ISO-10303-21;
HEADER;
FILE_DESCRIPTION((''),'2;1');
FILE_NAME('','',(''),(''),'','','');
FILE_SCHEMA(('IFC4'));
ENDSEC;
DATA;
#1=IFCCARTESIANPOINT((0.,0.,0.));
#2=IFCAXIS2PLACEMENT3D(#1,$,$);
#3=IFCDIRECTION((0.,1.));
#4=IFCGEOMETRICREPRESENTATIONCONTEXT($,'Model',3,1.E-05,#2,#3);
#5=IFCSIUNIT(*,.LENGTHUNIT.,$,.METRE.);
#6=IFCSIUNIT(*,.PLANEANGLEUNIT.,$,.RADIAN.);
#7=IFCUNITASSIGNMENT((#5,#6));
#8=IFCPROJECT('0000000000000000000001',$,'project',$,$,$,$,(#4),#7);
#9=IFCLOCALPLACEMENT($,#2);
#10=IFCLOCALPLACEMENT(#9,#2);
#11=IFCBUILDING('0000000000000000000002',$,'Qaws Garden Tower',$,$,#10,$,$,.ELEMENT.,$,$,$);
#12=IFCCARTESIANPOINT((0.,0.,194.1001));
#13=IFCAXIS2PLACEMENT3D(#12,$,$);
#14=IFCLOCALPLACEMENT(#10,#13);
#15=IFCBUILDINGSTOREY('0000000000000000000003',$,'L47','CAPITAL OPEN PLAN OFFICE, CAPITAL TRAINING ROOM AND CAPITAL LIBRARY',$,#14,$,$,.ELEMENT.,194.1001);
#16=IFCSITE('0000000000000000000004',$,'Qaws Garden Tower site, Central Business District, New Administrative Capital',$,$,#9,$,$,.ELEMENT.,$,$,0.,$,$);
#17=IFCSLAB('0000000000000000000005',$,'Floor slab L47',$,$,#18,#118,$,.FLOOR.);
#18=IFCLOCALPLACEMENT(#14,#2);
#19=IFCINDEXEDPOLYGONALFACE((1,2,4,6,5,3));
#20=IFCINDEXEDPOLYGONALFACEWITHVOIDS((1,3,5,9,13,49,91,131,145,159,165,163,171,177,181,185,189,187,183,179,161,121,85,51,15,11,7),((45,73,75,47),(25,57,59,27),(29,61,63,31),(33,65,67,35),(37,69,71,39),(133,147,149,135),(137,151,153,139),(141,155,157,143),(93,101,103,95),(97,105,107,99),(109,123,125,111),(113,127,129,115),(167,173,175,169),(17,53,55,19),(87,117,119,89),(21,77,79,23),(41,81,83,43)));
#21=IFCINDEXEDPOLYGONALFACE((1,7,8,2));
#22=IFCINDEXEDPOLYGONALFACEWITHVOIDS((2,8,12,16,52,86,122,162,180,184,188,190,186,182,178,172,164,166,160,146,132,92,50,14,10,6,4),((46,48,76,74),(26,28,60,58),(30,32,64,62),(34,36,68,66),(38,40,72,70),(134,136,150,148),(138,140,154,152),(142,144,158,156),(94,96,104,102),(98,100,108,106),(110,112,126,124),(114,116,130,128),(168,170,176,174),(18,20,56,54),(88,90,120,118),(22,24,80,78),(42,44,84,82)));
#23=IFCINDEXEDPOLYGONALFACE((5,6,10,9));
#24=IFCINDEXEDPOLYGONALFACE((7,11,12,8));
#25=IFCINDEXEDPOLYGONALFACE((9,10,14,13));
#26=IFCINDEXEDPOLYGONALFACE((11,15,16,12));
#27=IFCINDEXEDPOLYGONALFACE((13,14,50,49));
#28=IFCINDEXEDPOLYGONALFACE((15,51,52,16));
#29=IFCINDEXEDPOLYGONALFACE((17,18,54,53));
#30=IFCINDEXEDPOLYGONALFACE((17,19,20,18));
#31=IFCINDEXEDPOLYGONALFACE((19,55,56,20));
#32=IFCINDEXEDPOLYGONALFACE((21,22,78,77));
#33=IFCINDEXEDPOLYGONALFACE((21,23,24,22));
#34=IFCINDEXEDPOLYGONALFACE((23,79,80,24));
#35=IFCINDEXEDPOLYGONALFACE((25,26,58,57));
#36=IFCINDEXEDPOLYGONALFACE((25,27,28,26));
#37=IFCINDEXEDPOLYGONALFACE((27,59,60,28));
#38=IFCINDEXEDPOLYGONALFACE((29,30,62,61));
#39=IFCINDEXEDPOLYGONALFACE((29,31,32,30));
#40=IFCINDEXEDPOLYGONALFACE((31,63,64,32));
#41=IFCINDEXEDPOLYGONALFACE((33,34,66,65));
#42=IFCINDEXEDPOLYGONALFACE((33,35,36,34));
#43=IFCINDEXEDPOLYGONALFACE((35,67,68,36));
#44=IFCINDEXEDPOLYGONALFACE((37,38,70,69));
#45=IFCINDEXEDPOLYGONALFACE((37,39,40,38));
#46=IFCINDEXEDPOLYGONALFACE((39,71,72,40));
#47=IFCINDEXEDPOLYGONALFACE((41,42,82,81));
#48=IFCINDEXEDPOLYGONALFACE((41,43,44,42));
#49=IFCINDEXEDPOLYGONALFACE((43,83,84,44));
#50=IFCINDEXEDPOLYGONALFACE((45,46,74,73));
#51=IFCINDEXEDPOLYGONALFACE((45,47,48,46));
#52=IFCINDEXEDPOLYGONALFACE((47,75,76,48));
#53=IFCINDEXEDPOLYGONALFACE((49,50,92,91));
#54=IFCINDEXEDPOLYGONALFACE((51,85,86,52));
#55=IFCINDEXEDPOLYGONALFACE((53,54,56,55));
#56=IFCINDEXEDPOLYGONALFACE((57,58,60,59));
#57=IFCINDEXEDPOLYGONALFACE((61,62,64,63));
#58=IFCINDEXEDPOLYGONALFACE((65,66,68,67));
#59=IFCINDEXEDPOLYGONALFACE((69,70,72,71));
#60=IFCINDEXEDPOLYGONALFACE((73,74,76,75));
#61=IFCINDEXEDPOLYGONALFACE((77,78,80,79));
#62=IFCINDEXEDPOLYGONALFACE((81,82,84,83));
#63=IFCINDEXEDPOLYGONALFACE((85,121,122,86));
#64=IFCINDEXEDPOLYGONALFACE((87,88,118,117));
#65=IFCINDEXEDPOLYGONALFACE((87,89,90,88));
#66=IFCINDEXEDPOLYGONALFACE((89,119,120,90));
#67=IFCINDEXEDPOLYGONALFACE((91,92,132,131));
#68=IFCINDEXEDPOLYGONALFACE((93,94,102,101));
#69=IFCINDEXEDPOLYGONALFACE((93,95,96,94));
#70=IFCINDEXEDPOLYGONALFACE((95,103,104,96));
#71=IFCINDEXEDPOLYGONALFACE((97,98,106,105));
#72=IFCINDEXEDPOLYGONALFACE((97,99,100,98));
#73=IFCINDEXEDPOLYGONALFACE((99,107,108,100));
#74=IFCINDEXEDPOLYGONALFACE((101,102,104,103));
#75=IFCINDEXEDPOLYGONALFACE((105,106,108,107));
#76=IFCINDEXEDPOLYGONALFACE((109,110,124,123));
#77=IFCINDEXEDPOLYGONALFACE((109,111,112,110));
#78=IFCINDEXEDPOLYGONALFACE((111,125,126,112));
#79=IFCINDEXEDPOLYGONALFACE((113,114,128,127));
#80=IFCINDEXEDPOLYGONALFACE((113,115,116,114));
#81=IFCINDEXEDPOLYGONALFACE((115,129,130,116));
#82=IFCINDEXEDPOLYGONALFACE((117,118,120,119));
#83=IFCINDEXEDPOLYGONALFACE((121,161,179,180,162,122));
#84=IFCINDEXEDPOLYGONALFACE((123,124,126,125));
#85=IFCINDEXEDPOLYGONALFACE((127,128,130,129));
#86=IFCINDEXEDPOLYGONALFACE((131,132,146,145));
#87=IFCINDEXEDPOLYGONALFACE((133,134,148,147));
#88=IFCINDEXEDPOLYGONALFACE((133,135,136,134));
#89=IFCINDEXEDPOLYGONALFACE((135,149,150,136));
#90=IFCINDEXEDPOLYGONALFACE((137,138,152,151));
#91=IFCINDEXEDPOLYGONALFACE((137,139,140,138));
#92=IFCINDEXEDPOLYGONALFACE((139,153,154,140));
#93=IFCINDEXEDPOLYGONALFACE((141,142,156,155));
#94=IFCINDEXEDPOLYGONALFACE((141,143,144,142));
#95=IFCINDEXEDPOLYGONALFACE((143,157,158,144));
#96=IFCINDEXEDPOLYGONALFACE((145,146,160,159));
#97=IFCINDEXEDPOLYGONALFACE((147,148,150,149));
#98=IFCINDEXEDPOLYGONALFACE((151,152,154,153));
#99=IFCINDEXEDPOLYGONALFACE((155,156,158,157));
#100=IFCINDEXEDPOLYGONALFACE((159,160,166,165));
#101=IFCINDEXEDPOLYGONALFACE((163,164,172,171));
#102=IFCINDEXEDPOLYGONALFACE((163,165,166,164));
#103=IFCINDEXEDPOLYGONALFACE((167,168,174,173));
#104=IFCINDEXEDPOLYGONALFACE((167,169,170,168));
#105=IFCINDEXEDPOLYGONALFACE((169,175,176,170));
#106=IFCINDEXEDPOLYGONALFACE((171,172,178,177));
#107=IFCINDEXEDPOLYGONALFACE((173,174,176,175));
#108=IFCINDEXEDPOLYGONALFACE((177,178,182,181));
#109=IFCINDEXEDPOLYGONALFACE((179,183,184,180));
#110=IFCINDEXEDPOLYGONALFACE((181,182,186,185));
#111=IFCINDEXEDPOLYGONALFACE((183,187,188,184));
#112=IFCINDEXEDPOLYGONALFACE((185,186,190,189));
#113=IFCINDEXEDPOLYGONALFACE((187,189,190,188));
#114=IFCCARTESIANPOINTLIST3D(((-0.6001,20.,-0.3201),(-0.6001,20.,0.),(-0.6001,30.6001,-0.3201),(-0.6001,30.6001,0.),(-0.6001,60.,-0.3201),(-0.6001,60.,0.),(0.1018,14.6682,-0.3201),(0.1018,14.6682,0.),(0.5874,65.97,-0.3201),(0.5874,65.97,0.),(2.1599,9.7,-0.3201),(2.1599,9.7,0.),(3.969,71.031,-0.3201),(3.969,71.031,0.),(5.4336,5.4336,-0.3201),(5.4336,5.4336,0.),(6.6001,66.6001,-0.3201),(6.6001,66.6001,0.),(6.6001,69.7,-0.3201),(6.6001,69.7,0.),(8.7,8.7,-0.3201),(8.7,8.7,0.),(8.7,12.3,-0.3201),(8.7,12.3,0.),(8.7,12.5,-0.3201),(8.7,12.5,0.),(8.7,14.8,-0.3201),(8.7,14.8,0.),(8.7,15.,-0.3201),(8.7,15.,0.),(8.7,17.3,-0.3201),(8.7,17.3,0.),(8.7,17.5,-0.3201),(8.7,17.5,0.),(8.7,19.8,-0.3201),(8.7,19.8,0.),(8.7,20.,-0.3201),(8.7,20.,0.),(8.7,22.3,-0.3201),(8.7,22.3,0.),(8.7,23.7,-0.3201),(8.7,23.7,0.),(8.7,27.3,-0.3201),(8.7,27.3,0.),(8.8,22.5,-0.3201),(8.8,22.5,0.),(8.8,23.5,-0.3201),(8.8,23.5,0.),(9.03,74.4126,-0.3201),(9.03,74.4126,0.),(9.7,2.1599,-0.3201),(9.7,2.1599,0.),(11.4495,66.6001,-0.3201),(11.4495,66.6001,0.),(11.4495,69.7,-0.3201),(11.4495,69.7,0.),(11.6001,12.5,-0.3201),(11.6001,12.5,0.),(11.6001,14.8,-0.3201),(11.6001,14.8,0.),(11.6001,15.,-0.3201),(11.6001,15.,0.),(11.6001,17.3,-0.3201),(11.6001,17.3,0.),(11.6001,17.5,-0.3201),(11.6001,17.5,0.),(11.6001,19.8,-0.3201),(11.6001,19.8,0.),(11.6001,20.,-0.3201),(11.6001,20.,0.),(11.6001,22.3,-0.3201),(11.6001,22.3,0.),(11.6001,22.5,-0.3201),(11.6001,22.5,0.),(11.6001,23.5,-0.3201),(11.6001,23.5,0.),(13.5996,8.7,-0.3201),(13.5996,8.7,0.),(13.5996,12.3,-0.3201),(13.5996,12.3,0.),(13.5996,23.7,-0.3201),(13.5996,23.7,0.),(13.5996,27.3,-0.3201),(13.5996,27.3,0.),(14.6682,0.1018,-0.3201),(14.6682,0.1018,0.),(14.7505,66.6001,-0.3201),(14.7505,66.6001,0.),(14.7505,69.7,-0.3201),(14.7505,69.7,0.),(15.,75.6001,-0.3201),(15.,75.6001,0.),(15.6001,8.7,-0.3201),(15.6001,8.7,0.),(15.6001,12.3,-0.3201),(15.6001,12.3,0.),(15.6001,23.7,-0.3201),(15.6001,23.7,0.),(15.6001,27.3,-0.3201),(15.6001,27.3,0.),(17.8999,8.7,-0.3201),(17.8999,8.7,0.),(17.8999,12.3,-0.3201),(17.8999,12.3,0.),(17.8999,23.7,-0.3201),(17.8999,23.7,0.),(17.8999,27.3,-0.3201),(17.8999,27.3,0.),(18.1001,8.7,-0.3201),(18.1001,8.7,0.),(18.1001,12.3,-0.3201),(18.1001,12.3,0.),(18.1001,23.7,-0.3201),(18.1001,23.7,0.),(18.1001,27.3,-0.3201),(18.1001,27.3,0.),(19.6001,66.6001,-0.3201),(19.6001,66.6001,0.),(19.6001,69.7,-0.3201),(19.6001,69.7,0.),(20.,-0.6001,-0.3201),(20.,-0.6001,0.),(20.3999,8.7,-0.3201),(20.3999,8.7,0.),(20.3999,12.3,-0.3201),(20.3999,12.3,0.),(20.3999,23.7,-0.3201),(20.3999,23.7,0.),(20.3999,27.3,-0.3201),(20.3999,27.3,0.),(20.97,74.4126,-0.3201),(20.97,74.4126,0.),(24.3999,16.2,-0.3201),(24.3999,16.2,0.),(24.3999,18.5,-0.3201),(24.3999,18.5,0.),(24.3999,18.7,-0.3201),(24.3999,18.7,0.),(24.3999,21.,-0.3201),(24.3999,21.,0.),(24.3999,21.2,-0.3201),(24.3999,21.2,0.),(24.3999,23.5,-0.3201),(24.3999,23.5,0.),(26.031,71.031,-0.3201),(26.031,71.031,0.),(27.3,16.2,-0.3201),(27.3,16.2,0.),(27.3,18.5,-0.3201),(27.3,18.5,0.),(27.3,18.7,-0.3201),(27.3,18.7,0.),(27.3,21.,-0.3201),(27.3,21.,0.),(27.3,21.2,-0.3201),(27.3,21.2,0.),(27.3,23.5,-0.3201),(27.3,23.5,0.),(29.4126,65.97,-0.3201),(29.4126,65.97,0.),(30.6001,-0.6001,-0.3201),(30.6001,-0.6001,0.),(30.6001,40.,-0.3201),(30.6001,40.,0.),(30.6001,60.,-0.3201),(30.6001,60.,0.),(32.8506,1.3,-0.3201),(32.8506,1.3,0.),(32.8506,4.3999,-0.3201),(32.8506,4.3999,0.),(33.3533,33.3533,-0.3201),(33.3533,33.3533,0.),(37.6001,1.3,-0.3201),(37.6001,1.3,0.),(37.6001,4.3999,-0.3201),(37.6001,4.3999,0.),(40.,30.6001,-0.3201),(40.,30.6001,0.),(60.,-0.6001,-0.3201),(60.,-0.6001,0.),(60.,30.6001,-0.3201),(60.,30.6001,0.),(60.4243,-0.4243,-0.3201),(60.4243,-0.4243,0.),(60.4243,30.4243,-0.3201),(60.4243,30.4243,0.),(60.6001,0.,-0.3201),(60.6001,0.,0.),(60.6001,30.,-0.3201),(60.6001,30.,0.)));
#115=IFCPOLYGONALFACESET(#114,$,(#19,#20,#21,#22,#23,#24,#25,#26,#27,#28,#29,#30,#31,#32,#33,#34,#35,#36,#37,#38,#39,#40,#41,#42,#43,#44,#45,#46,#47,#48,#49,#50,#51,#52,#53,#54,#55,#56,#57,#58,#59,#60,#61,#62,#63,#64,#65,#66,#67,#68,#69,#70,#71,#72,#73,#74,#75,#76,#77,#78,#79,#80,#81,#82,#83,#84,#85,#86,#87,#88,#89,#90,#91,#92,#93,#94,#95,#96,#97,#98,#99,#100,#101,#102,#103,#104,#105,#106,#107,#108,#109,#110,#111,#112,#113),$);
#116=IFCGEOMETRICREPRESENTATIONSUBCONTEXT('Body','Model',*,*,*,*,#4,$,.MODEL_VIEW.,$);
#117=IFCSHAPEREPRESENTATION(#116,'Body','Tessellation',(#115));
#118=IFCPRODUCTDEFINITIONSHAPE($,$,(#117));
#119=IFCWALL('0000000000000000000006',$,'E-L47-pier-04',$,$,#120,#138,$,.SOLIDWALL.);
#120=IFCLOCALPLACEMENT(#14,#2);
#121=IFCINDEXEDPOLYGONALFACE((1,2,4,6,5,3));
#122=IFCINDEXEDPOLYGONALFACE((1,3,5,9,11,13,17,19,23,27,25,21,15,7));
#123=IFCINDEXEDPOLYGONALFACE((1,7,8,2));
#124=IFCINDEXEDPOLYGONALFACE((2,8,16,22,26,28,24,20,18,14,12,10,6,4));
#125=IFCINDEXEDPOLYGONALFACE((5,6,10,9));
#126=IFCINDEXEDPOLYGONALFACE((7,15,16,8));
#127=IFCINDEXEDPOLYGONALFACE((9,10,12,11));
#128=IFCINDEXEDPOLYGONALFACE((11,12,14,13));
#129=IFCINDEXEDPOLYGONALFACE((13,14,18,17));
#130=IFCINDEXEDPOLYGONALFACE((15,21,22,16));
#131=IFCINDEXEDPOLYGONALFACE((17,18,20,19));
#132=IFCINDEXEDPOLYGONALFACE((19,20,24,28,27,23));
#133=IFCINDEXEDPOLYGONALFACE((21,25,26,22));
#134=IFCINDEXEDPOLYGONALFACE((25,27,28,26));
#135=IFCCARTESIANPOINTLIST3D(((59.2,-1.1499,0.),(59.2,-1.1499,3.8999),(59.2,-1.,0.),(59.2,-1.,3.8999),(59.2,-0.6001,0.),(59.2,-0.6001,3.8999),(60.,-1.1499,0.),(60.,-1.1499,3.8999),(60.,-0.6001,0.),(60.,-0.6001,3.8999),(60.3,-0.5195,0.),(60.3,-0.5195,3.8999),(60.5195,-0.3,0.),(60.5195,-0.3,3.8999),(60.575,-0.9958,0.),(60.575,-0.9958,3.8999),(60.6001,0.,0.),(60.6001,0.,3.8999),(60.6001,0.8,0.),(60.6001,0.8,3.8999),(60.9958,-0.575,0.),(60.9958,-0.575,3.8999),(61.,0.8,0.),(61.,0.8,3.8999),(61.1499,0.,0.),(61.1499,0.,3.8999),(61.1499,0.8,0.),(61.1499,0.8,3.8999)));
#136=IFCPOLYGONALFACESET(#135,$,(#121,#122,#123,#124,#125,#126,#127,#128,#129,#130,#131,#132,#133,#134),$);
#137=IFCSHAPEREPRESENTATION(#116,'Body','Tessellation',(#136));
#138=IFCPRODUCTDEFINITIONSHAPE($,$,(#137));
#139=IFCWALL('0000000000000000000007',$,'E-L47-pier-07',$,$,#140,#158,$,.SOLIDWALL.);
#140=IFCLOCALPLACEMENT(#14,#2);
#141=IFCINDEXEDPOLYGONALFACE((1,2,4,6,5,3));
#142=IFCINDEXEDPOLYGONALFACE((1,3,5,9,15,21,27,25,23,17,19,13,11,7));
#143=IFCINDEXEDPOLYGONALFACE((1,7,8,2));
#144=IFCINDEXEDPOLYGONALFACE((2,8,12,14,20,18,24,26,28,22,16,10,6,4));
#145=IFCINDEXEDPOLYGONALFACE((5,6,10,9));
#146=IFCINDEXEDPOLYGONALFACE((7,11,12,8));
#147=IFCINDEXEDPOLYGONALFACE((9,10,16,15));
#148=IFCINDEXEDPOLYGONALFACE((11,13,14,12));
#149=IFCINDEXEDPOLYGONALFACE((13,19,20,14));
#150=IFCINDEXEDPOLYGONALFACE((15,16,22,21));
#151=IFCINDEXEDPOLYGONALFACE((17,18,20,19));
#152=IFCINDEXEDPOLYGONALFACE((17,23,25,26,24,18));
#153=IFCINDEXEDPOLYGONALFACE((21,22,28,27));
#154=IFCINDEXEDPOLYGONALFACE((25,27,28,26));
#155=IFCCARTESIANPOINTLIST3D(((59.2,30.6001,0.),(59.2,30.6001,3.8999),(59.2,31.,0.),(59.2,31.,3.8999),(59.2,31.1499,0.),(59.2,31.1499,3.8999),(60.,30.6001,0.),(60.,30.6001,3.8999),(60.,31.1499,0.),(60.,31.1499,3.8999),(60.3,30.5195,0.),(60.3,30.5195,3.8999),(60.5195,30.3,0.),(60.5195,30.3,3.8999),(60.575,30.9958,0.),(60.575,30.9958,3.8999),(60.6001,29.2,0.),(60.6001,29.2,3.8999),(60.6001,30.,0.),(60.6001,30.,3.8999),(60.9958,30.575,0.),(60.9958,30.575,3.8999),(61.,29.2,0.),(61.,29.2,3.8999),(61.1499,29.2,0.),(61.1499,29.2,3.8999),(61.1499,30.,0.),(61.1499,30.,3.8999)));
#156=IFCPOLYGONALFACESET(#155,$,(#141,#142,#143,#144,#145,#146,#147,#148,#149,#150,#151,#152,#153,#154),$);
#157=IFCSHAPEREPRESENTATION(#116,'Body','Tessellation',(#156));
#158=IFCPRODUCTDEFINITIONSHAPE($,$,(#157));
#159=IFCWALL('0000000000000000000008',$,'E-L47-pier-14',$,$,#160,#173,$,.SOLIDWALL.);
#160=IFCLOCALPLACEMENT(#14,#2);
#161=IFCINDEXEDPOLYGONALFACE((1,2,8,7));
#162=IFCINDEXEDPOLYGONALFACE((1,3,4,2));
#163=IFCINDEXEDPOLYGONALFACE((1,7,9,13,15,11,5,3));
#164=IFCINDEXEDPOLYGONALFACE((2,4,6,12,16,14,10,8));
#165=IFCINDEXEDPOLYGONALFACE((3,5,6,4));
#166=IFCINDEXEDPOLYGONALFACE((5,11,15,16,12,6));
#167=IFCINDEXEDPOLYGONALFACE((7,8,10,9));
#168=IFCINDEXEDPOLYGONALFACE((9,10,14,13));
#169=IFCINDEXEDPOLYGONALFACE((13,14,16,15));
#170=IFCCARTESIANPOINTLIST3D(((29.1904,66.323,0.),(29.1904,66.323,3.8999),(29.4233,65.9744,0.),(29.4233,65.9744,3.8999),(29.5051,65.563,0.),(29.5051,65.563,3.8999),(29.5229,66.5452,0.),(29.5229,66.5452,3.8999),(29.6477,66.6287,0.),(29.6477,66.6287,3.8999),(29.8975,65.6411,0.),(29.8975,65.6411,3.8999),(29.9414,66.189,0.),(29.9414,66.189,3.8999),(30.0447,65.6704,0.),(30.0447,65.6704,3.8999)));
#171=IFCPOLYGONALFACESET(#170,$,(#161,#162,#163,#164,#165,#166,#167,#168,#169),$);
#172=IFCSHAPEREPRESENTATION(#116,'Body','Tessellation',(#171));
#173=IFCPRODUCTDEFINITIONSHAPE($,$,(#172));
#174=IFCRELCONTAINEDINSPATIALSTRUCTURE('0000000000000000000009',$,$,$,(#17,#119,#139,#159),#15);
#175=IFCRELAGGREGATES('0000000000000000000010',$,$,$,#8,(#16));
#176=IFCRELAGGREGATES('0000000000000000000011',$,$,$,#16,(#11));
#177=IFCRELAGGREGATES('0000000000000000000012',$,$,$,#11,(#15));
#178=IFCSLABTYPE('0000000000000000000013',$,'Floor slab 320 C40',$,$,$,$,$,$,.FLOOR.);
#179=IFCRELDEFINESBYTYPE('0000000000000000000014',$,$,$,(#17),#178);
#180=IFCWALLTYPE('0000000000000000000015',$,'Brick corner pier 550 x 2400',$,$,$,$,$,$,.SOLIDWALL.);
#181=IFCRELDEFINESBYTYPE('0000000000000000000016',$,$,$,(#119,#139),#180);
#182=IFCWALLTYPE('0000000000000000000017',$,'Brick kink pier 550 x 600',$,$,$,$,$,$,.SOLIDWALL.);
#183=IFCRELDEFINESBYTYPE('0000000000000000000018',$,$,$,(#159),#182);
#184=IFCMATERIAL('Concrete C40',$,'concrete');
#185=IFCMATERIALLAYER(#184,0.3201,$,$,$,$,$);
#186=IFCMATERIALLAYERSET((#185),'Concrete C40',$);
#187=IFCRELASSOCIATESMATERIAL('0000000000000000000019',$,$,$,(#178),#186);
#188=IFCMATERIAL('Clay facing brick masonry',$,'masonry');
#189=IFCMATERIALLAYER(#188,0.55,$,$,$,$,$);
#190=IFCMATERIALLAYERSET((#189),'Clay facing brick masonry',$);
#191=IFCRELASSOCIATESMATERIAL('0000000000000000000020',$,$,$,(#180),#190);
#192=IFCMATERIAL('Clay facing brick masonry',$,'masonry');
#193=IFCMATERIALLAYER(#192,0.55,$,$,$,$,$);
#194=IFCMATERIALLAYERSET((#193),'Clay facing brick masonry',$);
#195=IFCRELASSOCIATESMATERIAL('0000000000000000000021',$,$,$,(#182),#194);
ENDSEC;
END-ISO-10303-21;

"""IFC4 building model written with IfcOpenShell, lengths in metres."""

from ifc_helpers import new_model, si_unit, direction, frame, origin, place, context, subcontext, project, spatial, polyline, outline, extrude, material, layer, layer_set, type_object, element, save


model = new_model("IFC4")

# Units and contexts
model_context = context("Model", 3, precision=1e-05, world=origin(), true_north=direction((0.0, 1.0)))
body_context = subcontext(model_context, "Body", "Model", "MODEL_VIEW")
ifc_project = project(units=[si_unit("LENGTHUNIT", "METRE"), si_unit("PLANEANGLEUNIT", "RADIAN")], contexts=[model_context])

# Site, building, storey
site_placement = place(None, origin())
site = spatial("IfcSite", under=ifc_project, at=site_placement, Name="Qaws Garden Tower site, Central Business District, New Administrative Capital", CompositionType="ELEMENT", RefElevation=0.0)
building_placement = place(site_placement, origin())
building = spatial("IfcBuilding", under=site, at=building_placement, Name="Qaws Garden Tower", CompositionType="ELEMENT")
storey_placement = place(building_placement, frame((0.0, 0.0, 194.1001)))
storey = spatial("IfcBuildingStorey", under=building, at=storey_placement, Name="L47", Description="CAPITAL OPEN PLAN OFFICE, CAPITAL TRAINING ROOM AND CAPITAL LIBRARY", CompositionType="ELEMENT", Elevation=194.1001)

# Slab
ifc_material_1 = material(Name="Concrete C40", Category="concrete")
ifc_layer_1 = layer(ifc_material_1, 0.3201)
ifc_layer_set_1 = layer_set([ifc_layer_1], Name="Concrete C40")
slab_type = type_object("IfcSlabType", Name="Floor slab 320 C40", PredefinedType="FLOOR", material=ifc_layer_set_1)
slab_placement = place(storey_placement, frame((0.0, 0.0, -0.3201)))
element("IfcSlab", 1, at=slab_placement, inside=storey, type_object=slab_type, Name="Floor slab L47", PredefinedType="FLOOR", context=body_context, shape_type="SweptSolid", body=[
    extrude(outline(polyline([(0.1018, 14.6682), (-0.6001, 20.0), (-0.6001, 30.6001), (-0.6001, 60.0), (-0.6001, 60.0), (0.5874, 65.97), (3.969, 71.031), (9.03, 74.4126), (15.0, 75.6001), (20.97, 74.4126), (26.031, 71.031), (29.4126, 65.97), (30.6001, 60.0), (30.6001, 40.0), (33.3533, 33.3533), (40.0, 30.6001), (60.0, 30.6001), (60.4243, 30.4243), (60.6001, 30.0), (60.6001, 0.0), (60.4243, -0.4243), (60.0, -0.6001), (30.6001, -0.6001), (20.0, -0.6001), (14.6682, 0.1018), (9.7, 2.1599), (5.4336, 5.4336), (2.1599, 9.7), (0.1018, 14.6682)]), holes=[polyline([(13.5996, 12.3), (8.7, 12.3), (8.7, 8.7), (13.5996, 8.7), (13.5996, 12.3)]), polyline([(17.8999, 12.3), (15.6001, 12.3), (15.6001, 8.7), (17.8999, 8.7), (17.8999, 12.3)]), polyline([(11.6001, 14.8), (8.7, 14.8), (8.7, 12.5), (11.6001, 12.5), (11.6001, 14.8)]), polyline([(11.6001, 17.3), (8.7, 17.3), (8.7, 15.0), (11.6001, 15.0), (11.6001, 17.3)]), polyline([(11.6001, 19.8), (8.7, 19.8), (8.7, 17.5), (11.6001, 17.5), (11.6001, 19.8)]), polyline([(11.6001, 22.3), (8.7, 22.3), (8.7, 20.0), (11.6001, 20.0), (11.6001, 22.3)]), polyline([(11.6001, 23.5), (8.8, 23.5), (8.8, 22.5), (11.6001, 22.5), (11.6001, 23.5)]), polyline([(13.5996, 27.3), (8.7, 27.3), (8.7, 23.7), (13.5996, 23.7), (13.5996, 27.3)]), polyline([(11.4495, 69.7), (6.6001, 69.7), (6.6001, 66.6001), (11.4495, 66.6001), (11.4495, 69.7)]), polyline([(37.6001, 4.3999), (32.8506, 4.3999), (32.8506, 1.3), (37.6001, 1.3), (37.6001, 4.3999)]), polyline([(20.3999, 12.3), (18.1001, 12.3), (18.1001, 8.7), (20.3999, 8.7), (20.3999, 12.3)]), polyline([(27.3, 18.5), (24.3999, 18.5), (24.3999, 16.2), (27.3, 16.2), (27.3, 18.5)]), polyline([(27.3, 21.0), (24.3999, 21.0), (24.3999, 18.7), (27.3, 18.7), (27.3, 21.0)]), polyline([(27.3, 23.5), (24.3999, 23.5), (24.3999, 21.2), (27.3, 21.2), (27.3, 23.5)]), polyline([(17.8999, 27.3), (15.6001, 27.3), (15.6001, 23.7), (17.8999, 23.7), (17.8999, 27.3)]), polyline([(20.3999, 23.7), (20.3999, 27.3), (18.1001, 27.3), (18.1001, 23.7), (20.3999, 23.7)]), polyline([(19.6001, 66.6001), (19.6001, 69.7), (14.7505, 69.7), (14.7505, 66.6001), (19.6001, 66.6001)])]), origin(), (0.0, 0.0, 1.0), 0.3201),
])

# Walls
ifc_material_2 = material(Name="Clay facing brick masonry", Category="masonry")
ifc_layer_2 = layer(ifc_material_2, 0.55)
ifc_layer_set_2 = layer_set([ifc_layer_2], Name="Clay facing brick masonry")
wall_type_1 = type_object("IfcWallType", Name="Brick corner pier 550 x 2400", PredefinedType="SOLIDWALL", material=ifc_layer_set_2)
placement = place(storey_placement, origin())
element("IfcWall", 2, at=placement, inside=storey, type_object=wall_type_1, Name="E-L47-pier-04", PredefinedType="SOLIDWALL", context=body_context, shape_type="SweptSolid", body=[
    extrude(outline(polyline([(59.2, -1.0), (59.2, -1.1499), (60.0, -1.1499), (60.575, -0.9958), (60.9958, -0.575), (61.1499, 0.0), (61.1499, 0.8), (61.0, 0.8), (60.6001, 0.8), (60.6001, 0.0), (60.5195, -0.3), (60.3, -0.5195), (60.0, -0.6001), (59.2, -0.6001), (59.2, -1.0)])), origin(), (0.0, 0.0, 1.0), 3.8999),
])
element("IfcWall", 3, at=placement, inside=storey, type_object=wall_type_1, Name="E-L47-pier-07", PredefinedType="SOLIDWALL", context=body_context, shape_type="SweptSolid", body=[
    extrude(outline(polyline([(61.0, 29.2), (61.1499, 29.2), (61.1499, 30.0), (60.9958, 30.575), (60.575, 30.9958), (60.0, 31.1499), (59.2, 31.1499), (59.2, 31.0), (59.2, 30.6001), (60.0, 30.6001), (60.3, 30.5195), (60.5195, 30.3), (60.6001, 30.0), (60.6001, 29.2), (61.0, 29.2)])), origin(), (0.0, 0.0, 1.0), 3.8999),
])
ifc_material_3 = material(Name="Clay facing brick masonry", Category="masonry")
ifc_layer_3 = layer(ifc_material_3, 0.55)
ifc_layer_set_3 = layer_set([ifc_layer_3], Name="Clay facing brick masonry")
wall_type_2 = type_object("IfcWallType", Name="Brick kink pier 550 x 600", PredefinedType="SOLIDWALL", material=ifc_layer_set_3)
element("IfcWall", 4, at=placement, inside=storey, type_object=wall_type_2, Name="E-L47-pier-14", PredefinedType="SOLIDWALL", context=body_context, shape_type="SweptSolid", body=[
    extrude(outline(polyline([(29.8975, 65.6411), (30.0447, 65.6704), (29.9414, 66.189), (29.6477, 66.6287), (29.5229, 66.5452), (29.1904, 66.323), (29.4233, 65.9744), (29.5051, 65.563), (29.8975, 65.6411)])), origin(), (0.0, 0.0, 1.0), 3.8999),
])

save(model, "model.ifc")
